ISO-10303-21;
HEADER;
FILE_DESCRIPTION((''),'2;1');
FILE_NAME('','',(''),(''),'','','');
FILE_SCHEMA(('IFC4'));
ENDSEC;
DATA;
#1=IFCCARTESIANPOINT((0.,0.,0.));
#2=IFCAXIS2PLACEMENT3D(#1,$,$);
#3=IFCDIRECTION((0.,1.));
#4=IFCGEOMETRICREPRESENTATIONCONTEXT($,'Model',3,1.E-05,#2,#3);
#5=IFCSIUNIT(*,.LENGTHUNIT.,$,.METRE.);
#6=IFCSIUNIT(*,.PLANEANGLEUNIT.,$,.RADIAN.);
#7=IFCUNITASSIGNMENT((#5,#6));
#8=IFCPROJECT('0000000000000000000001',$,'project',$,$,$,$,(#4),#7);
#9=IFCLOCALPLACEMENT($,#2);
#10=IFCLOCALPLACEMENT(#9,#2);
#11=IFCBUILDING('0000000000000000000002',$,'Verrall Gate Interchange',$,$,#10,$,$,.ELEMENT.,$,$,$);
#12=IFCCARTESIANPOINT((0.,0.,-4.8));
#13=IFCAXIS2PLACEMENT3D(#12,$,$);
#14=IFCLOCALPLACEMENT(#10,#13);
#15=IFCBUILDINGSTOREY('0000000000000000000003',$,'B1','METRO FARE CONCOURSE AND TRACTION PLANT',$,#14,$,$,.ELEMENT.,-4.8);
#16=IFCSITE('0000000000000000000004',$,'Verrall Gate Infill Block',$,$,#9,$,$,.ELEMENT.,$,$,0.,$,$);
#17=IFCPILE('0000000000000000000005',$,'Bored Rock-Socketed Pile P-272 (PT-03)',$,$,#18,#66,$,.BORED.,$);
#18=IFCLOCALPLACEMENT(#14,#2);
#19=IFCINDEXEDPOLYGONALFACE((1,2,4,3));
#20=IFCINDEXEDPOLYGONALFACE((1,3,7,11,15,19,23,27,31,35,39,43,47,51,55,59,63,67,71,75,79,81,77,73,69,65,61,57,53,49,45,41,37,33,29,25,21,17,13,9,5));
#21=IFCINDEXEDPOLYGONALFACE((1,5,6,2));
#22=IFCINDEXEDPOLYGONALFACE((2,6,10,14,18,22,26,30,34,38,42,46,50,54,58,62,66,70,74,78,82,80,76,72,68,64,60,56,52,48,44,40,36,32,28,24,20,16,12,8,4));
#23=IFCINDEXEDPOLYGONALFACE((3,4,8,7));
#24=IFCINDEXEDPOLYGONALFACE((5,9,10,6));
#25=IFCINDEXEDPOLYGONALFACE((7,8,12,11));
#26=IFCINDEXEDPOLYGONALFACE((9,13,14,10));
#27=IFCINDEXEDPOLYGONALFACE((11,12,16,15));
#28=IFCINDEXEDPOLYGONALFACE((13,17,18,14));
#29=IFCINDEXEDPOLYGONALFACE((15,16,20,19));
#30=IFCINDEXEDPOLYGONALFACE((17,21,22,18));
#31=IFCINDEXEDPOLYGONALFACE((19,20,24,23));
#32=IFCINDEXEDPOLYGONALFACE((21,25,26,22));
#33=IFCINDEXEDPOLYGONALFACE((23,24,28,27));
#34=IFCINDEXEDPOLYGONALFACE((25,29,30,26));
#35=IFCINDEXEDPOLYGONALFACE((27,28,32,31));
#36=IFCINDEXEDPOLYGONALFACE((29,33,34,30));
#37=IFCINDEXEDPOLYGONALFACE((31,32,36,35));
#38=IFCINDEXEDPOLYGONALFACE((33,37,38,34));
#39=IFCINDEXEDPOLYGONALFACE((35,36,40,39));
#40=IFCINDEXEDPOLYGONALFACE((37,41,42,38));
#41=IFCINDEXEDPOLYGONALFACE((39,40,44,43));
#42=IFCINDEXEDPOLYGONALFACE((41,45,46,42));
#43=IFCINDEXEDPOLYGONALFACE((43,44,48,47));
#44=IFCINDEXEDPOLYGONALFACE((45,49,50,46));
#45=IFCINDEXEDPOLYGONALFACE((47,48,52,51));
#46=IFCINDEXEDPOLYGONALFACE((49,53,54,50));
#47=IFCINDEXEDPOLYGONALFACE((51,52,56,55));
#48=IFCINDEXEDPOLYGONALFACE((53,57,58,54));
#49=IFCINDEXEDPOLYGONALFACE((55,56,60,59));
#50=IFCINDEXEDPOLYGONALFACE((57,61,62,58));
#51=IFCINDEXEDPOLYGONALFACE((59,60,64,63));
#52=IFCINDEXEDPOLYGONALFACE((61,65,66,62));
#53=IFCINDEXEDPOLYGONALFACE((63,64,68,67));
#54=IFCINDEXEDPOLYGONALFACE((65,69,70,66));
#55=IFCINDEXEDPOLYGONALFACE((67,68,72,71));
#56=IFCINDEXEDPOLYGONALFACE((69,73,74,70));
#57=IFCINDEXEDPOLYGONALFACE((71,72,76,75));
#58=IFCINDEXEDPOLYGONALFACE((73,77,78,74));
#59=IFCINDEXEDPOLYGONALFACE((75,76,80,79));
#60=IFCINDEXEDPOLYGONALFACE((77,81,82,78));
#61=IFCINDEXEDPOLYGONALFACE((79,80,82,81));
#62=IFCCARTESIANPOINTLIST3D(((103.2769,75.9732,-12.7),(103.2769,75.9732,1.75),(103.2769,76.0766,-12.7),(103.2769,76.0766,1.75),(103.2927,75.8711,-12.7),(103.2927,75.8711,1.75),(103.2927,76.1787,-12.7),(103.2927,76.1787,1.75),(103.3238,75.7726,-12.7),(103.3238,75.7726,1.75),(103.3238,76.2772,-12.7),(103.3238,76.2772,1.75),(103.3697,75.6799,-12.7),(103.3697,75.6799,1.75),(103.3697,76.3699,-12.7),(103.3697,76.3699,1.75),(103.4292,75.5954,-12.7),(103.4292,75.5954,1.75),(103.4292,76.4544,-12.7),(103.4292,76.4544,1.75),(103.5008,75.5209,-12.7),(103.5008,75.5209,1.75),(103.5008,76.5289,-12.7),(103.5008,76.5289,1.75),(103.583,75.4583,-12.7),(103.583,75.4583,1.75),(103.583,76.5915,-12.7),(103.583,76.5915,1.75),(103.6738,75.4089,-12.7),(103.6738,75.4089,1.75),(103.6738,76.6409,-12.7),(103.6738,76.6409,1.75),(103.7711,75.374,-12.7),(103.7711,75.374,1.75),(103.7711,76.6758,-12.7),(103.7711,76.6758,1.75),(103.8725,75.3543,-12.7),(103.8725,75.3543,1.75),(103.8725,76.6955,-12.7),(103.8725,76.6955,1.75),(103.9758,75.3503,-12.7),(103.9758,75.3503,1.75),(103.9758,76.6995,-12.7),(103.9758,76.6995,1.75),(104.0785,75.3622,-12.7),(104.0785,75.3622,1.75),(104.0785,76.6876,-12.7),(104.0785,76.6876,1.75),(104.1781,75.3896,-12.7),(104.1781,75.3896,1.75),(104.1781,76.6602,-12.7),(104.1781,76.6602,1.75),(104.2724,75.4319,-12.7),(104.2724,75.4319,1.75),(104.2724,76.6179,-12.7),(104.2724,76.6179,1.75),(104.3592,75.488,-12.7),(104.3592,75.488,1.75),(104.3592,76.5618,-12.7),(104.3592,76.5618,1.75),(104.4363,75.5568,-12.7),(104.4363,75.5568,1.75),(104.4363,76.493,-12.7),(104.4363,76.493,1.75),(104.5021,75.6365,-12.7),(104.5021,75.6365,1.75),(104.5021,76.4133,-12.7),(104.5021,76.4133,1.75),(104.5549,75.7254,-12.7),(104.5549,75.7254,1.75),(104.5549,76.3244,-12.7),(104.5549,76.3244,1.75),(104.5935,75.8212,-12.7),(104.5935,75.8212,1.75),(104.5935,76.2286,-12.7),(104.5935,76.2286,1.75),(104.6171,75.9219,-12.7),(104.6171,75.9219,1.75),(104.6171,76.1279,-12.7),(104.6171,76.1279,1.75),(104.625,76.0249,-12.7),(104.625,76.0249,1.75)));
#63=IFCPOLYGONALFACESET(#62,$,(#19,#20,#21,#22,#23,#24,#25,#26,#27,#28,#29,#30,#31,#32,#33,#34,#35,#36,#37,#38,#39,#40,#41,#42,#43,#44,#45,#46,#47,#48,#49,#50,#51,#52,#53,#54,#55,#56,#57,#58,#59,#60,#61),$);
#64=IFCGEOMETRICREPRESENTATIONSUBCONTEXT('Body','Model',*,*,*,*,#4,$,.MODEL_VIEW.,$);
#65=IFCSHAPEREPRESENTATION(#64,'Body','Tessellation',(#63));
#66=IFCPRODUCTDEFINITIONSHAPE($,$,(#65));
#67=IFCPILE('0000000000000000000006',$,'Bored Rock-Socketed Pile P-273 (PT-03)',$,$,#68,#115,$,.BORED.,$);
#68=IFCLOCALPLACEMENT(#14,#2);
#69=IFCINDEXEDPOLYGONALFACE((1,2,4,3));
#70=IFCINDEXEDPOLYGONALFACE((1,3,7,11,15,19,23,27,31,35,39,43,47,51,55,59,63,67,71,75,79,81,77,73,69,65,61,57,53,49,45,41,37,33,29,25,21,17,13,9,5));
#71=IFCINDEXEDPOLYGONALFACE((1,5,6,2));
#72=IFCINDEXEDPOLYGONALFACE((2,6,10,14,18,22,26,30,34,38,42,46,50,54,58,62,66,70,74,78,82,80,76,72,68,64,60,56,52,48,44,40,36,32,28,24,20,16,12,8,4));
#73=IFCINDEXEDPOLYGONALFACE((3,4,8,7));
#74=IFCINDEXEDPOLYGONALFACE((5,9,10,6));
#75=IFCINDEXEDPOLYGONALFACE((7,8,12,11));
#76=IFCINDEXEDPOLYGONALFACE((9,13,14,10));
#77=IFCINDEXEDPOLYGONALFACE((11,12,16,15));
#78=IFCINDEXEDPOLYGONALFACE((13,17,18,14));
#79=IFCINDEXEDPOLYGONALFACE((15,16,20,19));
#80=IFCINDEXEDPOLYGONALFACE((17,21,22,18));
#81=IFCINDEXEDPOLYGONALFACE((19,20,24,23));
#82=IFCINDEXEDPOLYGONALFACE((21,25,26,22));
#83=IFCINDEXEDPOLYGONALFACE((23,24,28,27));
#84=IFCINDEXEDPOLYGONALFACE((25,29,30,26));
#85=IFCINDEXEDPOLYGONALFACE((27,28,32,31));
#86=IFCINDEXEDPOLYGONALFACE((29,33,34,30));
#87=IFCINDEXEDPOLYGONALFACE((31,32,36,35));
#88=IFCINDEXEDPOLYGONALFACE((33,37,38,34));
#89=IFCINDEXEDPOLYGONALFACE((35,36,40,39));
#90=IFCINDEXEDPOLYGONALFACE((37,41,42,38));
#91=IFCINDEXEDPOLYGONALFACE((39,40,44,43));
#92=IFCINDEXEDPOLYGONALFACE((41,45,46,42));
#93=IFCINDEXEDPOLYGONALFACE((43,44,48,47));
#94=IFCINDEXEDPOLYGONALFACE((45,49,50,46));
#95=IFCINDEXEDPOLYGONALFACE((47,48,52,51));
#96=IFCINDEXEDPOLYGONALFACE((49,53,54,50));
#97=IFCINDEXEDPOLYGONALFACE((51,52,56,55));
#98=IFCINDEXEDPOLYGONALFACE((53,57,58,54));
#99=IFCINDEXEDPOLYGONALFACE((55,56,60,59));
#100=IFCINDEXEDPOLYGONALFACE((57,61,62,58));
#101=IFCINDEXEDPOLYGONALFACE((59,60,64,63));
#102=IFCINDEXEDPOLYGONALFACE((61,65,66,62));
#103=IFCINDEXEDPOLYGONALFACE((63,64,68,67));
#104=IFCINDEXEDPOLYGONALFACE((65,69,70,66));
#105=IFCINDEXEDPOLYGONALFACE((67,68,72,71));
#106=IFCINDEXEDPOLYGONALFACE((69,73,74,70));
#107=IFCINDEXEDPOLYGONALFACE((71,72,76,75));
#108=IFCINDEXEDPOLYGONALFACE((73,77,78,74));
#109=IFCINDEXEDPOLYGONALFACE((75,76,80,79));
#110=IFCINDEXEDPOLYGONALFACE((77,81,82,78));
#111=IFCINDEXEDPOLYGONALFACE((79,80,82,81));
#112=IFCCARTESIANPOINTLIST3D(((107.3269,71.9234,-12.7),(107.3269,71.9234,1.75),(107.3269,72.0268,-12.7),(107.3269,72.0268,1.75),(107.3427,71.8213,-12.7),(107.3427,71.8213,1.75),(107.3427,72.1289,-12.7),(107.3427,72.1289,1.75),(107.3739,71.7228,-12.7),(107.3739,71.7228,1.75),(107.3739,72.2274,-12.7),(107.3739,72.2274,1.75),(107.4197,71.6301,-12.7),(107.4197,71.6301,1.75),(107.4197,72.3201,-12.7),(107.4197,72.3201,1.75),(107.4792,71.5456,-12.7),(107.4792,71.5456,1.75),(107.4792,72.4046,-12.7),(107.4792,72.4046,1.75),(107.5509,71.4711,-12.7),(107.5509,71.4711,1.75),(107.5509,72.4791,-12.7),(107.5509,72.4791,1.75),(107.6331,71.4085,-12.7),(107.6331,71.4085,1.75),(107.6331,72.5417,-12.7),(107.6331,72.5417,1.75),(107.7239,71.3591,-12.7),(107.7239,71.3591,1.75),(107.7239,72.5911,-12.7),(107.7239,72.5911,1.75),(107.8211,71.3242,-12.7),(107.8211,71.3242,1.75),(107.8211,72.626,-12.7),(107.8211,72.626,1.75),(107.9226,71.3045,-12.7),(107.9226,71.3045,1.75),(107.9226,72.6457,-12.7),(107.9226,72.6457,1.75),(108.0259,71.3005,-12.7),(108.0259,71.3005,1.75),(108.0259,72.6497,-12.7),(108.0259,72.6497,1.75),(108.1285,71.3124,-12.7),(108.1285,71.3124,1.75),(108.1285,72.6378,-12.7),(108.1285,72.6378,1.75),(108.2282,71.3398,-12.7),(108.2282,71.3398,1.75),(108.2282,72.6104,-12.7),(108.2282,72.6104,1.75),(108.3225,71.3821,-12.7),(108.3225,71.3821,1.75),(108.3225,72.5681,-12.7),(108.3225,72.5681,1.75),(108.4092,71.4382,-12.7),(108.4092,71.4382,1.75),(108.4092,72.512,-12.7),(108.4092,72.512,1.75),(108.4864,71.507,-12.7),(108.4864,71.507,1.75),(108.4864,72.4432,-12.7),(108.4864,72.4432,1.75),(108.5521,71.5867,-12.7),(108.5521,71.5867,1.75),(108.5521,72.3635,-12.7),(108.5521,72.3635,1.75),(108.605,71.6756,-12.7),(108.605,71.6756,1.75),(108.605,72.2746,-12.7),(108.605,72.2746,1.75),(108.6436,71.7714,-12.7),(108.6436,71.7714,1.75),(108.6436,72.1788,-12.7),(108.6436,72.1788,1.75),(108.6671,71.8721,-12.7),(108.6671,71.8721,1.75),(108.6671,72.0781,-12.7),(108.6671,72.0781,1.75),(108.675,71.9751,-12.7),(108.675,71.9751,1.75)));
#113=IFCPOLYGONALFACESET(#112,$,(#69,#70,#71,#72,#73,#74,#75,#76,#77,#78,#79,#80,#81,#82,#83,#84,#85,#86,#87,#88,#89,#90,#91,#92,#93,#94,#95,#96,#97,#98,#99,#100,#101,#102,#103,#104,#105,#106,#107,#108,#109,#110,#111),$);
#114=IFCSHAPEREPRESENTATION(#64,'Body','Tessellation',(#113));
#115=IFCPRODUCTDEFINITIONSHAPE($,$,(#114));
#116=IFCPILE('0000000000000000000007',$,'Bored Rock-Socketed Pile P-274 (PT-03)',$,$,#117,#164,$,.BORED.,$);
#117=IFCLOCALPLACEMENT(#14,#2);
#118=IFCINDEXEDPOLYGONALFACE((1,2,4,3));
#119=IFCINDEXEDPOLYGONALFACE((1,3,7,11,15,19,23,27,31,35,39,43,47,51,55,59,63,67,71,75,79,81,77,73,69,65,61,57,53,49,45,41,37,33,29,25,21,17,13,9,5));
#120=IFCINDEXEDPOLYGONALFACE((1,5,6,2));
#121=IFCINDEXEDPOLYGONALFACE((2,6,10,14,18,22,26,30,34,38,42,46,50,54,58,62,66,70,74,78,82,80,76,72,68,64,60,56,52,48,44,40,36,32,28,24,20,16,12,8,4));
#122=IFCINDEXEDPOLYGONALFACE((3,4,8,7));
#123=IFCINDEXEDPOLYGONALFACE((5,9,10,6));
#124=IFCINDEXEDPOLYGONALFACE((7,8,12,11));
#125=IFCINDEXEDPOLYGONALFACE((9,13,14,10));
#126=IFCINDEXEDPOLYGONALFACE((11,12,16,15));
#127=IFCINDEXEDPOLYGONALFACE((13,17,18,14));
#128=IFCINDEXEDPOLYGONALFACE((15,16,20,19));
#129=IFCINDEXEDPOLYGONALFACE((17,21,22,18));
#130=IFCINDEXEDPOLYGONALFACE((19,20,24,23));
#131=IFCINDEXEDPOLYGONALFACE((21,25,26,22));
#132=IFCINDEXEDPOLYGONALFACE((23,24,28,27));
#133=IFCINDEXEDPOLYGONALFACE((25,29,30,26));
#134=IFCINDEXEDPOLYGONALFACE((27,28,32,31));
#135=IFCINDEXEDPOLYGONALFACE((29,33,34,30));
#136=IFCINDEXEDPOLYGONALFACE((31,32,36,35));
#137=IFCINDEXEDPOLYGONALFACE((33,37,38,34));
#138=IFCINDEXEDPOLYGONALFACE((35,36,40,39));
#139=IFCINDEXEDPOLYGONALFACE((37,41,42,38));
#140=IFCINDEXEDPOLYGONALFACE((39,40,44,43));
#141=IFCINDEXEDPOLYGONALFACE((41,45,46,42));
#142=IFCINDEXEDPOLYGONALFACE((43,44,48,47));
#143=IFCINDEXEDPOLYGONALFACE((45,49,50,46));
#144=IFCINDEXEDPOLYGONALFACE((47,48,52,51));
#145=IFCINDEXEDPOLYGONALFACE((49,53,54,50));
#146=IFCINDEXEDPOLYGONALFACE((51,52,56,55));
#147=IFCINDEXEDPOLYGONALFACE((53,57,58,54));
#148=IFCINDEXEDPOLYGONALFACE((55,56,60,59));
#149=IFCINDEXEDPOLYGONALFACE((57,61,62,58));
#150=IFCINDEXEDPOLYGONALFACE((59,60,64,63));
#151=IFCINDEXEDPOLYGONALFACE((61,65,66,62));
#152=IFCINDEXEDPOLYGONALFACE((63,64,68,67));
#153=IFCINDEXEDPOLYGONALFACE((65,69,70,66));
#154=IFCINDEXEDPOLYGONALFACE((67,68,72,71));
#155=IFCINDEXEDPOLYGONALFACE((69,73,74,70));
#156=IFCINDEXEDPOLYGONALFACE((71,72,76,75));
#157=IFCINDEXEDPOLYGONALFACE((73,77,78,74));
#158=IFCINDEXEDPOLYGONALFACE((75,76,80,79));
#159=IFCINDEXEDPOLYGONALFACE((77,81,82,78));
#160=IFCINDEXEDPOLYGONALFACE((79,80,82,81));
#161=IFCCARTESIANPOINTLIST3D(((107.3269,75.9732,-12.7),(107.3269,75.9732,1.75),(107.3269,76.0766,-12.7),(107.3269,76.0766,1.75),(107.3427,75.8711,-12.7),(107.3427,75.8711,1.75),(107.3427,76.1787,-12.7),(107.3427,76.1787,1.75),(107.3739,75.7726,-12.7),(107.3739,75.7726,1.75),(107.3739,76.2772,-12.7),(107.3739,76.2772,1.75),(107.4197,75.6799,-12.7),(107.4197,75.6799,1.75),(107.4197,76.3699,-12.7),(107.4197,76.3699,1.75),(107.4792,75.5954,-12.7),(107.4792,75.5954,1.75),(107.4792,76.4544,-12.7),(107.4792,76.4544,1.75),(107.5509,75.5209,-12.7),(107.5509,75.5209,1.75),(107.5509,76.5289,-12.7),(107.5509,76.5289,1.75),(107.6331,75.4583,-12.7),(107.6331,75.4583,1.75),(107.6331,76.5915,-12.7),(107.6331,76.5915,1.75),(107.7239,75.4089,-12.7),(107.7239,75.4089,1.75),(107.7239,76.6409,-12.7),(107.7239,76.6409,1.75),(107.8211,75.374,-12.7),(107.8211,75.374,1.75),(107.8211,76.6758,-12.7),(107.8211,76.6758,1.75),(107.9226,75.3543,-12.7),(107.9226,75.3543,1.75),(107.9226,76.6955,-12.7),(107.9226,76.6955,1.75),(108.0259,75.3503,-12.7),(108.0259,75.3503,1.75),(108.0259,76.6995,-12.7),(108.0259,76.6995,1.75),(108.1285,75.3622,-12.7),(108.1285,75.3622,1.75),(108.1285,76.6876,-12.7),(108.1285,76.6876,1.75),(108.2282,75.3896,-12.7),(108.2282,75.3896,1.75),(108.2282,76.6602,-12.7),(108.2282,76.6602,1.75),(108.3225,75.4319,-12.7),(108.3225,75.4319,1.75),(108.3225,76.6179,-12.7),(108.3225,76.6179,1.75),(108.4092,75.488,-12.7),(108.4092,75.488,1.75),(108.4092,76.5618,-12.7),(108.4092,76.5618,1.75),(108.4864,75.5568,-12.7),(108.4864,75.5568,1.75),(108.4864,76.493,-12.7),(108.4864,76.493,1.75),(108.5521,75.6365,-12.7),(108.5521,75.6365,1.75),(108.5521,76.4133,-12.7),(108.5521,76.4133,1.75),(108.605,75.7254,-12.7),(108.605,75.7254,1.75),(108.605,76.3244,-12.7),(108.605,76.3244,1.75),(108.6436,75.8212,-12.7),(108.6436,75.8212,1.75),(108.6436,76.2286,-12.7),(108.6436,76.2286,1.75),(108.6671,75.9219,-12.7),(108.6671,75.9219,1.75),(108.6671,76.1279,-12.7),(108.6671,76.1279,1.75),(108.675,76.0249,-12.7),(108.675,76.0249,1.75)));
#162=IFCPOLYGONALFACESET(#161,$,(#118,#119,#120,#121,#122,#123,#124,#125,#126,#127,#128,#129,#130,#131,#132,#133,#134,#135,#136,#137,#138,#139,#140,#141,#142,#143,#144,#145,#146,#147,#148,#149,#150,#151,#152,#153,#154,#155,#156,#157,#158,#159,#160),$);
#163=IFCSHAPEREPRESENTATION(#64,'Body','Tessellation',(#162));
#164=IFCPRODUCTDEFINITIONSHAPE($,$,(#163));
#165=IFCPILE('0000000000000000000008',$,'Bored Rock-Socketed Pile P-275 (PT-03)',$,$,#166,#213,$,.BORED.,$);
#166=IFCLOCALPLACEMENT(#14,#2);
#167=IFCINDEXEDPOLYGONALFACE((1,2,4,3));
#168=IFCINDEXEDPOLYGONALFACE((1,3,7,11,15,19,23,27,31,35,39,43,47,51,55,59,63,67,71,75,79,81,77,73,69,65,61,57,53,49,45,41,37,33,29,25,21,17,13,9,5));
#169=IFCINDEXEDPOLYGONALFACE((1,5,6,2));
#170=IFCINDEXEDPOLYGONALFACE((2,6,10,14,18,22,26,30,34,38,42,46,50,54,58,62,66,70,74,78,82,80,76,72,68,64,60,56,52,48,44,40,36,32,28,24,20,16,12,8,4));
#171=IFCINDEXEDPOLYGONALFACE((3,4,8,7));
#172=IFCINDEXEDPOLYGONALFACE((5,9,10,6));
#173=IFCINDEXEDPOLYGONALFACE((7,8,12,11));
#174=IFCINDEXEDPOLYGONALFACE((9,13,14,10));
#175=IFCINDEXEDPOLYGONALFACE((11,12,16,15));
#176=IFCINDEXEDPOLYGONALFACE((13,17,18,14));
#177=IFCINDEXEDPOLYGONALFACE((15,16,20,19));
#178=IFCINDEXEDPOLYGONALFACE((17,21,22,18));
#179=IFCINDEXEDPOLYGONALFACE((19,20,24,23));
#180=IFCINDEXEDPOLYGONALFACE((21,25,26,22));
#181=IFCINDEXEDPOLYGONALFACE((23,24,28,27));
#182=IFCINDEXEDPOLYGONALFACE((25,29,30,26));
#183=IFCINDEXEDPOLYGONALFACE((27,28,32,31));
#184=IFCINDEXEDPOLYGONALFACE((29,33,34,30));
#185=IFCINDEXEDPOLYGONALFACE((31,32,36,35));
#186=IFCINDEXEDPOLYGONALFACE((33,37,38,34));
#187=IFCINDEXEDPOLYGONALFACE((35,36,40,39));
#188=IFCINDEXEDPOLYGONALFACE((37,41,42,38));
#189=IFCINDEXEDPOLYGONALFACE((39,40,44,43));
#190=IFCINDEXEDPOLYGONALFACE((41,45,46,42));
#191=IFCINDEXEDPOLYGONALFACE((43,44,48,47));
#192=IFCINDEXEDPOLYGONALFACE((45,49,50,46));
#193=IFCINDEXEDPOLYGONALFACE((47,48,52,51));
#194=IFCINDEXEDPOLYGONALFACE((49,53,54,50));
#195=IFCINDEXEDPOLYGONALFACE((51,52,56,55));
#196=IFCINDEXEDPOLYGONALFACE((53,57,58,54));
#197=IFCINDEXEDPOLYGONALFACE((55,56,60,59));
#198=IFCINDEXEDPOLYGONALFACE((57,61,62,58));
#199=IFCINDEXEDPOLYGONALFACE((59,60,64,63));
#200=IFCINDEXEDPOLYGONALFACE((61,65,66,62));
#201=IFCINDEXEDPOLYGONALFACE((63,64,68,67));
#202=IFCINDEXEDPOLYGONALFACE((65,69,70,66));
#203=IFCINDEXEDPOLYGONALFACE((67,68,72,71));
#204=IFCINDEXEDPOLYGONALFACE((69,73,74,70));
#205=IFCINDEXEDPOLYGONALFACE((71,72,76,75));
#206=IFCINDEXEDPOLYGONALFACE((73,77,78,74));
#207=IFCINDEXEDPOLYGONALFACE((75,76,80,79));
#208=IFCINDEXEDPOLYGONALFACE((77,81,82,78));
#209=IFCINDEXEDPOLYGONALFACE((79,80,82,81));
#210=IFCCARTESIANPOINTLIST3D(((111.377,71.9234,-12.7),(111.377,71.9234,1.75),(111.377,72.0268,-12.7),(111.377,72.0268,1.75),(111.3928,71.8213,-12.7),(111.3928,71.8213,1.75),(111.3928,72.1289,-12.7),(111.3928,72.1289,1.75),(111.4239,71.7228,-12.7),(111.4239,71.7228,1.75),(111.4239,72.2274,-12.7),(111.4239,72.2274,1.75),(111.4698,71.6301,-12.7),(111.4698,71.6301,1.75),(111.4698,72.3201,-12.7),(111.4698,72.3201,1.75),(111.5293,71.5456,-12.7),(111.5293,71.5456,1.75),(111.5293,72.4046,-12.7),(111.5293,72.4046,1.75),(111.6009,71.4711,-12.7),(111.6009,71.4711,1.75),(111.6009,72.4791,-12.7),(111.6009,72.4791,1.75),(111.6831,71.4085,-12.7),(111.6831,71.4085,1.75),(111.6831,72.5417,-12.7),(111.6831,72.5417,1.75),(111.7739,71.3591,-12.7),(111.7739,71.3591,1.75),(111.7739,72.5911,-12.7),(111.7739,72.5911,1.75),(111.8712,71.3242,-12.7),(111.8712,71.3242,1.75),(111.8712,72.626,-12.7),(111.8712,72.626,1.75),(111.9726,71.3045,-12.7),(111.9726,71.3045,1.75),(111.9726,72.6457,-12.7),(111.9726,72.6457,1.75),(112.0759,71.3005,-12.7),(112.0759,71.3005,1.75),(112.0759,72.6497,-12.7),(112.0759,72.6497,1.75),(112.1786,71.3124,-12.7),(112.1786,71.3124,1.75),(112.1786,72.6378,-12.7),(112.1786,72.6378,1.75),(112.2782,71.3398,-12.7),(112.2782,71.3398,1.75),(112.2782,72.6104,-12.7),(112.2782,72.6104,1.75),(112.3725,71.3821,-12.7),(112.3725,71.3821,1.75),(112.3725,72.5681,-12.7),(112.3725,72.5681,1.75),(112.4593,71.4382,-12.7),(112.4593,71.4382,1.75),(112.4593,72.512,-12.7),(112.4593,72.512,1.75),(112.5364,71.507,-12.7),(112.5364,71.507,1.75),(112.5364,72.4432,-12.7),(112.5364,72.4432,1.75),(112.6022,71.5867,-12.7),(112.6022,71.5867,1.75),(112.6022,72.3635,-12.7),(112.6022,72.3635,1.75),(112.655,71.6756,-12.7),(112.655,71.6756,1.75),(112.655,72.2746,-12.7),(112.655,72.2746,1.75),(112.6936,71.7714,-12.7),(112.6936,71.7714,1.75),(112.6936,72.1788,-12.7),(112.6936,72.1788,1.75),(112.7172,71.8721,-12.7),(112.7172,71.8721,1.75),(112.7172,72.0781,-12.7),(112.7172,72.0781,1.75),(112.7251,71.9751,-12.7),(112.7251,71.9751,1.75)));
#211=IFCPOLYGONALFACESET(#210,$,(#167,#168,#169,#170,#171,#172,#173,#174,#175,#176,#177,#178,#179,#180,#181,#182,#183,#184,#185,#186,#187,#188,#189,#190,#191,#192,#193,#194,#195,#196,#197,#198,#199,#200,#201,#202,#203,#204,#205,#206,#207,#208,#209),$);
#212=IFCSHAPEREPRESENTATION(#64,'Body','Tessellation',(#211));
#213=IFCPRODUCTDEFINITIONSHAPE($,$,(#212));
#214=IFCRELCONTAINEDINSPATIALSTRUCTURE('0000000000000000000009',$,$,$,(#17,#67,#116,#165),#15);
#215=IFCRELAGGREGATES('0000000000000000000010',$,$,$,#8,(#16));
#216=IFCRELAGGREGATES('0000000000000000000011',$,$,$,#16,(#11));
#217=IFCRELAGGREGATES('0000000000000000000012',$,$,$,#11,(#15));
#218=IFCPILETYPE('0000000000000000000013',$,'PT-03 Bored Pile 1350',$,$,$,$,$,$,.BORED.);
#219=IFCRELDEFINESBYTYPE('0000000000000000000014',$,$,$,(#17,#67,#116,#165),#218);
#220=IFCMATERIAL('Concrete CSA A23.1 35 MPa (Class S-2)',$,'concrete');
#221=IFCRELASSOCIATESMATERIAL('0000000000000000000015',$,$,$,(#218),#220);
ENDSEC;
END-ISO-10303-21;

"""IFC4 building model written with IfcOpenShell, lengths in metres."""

from ifc_helpers import new_model, si_unit, direction, frame, origin, origin_2d, place, context, subcontext, project, spatial, circle, extrude, material, material_profile, profile_set, type_object, element, save


model = new_model("IFC4")

# Units and contexts
model_context = context("Model", 3, precision=1e-05, world=origin(), true_north=direction((0.0, 1.0)))
body_context = subcontext(model_context, "Body", "Model", "MODEL_VIEW")
ifc_project = project(units=[si_unit("LENGTHUNIT", "METRE"), si_unit("PLANEANGLEUNIT", "RADIAN")], contexts=[model_context])

# Site, building, storey
site_placement = place(None, origin())
site = spatial("IfcSite", under=ifc_project, at=site_placement, Name="Verrall Gate Infill Block", CompositionType="ELEMENT", RefElevation=0.0)
building_placement = place(site_placement, origin())
building = spatial("IfcBuilding", under=site, at=building_placement, Name="Verrall Gate Interchange", CompositionType="ELEMENT")
storey_placement = place(building_placement, frame((0.0, 0.0, -4.8)))
storey = spatial("IfcBuildingStorey", under=building, at=storey_placement, Name="B1", Description="METRO FARE CONCOURSE AND TRACTION PLANT", CompositionType="ELEMENT", Elevation=-4.8)

# Piles
ifc_material_1 = material(Name="Concrete CSA A23.1 35 MPa (Class S-2)", Category="concrete")
ifc_material_profile_1 = material_profile(ifc_material_1, circle(Radius=0.675, at=origin_2d()), Name="PILE1350D")
ifc_profile_set_1 = profile_set([ifc_material_profile_1], Name="Concrete CSA A23.1 35 MPa (Class S-2)")
pile_type_1 = type_object("IfcPileType", Name="PT-03 Bored Pile 1350", PredefinedType="BORED", material=ifc_profile_set_1)
for number, where, z_axis, x_axis, name in (
    (1, (103.95, 76.0249, 1.75), (0.0, 0.0, -1.0), (1.0, 0.0, 0.0), "Bored Rock-Socketed Pile P-272 (PT-03)"),
    (2, (108.0, 71.9751, 1.75), (0.0, 0.0, -1.0), (1.0, 0.0, 0.0), "Bored Rock-Socketed Pile P-273 (PT-03)"),
    (3, (108.0, 76.0249, 1.75), (0.0, 0.0, -1.0), (1.0, 0.0, 0.0), "Bored Rock-Socketed Pile P-274 (PT-03)"),
    (4, (112.05, 71.9751, 1.75), (0.0, 0.0, -1.0), (1.0, 0.0, 0.0), "Bored Rock-Socketed Pile P-275 (PT-03)"),
):
    element("IfcPile", number, at=place(storey_placement, frame(where, z_axis=z_axis, x_axis=x_axis)), inside=storey, type_object=pile_type_1, Name=name, PredefinedType="BORED", context=body_context, shape_type="SweptSolid", body=[
        extrude(circle(Radius=0.675, at=origin_2d()), origin(), (0.0, 0.0, 1.0), 14.45),
    ])

save(model, "model.ifc")
